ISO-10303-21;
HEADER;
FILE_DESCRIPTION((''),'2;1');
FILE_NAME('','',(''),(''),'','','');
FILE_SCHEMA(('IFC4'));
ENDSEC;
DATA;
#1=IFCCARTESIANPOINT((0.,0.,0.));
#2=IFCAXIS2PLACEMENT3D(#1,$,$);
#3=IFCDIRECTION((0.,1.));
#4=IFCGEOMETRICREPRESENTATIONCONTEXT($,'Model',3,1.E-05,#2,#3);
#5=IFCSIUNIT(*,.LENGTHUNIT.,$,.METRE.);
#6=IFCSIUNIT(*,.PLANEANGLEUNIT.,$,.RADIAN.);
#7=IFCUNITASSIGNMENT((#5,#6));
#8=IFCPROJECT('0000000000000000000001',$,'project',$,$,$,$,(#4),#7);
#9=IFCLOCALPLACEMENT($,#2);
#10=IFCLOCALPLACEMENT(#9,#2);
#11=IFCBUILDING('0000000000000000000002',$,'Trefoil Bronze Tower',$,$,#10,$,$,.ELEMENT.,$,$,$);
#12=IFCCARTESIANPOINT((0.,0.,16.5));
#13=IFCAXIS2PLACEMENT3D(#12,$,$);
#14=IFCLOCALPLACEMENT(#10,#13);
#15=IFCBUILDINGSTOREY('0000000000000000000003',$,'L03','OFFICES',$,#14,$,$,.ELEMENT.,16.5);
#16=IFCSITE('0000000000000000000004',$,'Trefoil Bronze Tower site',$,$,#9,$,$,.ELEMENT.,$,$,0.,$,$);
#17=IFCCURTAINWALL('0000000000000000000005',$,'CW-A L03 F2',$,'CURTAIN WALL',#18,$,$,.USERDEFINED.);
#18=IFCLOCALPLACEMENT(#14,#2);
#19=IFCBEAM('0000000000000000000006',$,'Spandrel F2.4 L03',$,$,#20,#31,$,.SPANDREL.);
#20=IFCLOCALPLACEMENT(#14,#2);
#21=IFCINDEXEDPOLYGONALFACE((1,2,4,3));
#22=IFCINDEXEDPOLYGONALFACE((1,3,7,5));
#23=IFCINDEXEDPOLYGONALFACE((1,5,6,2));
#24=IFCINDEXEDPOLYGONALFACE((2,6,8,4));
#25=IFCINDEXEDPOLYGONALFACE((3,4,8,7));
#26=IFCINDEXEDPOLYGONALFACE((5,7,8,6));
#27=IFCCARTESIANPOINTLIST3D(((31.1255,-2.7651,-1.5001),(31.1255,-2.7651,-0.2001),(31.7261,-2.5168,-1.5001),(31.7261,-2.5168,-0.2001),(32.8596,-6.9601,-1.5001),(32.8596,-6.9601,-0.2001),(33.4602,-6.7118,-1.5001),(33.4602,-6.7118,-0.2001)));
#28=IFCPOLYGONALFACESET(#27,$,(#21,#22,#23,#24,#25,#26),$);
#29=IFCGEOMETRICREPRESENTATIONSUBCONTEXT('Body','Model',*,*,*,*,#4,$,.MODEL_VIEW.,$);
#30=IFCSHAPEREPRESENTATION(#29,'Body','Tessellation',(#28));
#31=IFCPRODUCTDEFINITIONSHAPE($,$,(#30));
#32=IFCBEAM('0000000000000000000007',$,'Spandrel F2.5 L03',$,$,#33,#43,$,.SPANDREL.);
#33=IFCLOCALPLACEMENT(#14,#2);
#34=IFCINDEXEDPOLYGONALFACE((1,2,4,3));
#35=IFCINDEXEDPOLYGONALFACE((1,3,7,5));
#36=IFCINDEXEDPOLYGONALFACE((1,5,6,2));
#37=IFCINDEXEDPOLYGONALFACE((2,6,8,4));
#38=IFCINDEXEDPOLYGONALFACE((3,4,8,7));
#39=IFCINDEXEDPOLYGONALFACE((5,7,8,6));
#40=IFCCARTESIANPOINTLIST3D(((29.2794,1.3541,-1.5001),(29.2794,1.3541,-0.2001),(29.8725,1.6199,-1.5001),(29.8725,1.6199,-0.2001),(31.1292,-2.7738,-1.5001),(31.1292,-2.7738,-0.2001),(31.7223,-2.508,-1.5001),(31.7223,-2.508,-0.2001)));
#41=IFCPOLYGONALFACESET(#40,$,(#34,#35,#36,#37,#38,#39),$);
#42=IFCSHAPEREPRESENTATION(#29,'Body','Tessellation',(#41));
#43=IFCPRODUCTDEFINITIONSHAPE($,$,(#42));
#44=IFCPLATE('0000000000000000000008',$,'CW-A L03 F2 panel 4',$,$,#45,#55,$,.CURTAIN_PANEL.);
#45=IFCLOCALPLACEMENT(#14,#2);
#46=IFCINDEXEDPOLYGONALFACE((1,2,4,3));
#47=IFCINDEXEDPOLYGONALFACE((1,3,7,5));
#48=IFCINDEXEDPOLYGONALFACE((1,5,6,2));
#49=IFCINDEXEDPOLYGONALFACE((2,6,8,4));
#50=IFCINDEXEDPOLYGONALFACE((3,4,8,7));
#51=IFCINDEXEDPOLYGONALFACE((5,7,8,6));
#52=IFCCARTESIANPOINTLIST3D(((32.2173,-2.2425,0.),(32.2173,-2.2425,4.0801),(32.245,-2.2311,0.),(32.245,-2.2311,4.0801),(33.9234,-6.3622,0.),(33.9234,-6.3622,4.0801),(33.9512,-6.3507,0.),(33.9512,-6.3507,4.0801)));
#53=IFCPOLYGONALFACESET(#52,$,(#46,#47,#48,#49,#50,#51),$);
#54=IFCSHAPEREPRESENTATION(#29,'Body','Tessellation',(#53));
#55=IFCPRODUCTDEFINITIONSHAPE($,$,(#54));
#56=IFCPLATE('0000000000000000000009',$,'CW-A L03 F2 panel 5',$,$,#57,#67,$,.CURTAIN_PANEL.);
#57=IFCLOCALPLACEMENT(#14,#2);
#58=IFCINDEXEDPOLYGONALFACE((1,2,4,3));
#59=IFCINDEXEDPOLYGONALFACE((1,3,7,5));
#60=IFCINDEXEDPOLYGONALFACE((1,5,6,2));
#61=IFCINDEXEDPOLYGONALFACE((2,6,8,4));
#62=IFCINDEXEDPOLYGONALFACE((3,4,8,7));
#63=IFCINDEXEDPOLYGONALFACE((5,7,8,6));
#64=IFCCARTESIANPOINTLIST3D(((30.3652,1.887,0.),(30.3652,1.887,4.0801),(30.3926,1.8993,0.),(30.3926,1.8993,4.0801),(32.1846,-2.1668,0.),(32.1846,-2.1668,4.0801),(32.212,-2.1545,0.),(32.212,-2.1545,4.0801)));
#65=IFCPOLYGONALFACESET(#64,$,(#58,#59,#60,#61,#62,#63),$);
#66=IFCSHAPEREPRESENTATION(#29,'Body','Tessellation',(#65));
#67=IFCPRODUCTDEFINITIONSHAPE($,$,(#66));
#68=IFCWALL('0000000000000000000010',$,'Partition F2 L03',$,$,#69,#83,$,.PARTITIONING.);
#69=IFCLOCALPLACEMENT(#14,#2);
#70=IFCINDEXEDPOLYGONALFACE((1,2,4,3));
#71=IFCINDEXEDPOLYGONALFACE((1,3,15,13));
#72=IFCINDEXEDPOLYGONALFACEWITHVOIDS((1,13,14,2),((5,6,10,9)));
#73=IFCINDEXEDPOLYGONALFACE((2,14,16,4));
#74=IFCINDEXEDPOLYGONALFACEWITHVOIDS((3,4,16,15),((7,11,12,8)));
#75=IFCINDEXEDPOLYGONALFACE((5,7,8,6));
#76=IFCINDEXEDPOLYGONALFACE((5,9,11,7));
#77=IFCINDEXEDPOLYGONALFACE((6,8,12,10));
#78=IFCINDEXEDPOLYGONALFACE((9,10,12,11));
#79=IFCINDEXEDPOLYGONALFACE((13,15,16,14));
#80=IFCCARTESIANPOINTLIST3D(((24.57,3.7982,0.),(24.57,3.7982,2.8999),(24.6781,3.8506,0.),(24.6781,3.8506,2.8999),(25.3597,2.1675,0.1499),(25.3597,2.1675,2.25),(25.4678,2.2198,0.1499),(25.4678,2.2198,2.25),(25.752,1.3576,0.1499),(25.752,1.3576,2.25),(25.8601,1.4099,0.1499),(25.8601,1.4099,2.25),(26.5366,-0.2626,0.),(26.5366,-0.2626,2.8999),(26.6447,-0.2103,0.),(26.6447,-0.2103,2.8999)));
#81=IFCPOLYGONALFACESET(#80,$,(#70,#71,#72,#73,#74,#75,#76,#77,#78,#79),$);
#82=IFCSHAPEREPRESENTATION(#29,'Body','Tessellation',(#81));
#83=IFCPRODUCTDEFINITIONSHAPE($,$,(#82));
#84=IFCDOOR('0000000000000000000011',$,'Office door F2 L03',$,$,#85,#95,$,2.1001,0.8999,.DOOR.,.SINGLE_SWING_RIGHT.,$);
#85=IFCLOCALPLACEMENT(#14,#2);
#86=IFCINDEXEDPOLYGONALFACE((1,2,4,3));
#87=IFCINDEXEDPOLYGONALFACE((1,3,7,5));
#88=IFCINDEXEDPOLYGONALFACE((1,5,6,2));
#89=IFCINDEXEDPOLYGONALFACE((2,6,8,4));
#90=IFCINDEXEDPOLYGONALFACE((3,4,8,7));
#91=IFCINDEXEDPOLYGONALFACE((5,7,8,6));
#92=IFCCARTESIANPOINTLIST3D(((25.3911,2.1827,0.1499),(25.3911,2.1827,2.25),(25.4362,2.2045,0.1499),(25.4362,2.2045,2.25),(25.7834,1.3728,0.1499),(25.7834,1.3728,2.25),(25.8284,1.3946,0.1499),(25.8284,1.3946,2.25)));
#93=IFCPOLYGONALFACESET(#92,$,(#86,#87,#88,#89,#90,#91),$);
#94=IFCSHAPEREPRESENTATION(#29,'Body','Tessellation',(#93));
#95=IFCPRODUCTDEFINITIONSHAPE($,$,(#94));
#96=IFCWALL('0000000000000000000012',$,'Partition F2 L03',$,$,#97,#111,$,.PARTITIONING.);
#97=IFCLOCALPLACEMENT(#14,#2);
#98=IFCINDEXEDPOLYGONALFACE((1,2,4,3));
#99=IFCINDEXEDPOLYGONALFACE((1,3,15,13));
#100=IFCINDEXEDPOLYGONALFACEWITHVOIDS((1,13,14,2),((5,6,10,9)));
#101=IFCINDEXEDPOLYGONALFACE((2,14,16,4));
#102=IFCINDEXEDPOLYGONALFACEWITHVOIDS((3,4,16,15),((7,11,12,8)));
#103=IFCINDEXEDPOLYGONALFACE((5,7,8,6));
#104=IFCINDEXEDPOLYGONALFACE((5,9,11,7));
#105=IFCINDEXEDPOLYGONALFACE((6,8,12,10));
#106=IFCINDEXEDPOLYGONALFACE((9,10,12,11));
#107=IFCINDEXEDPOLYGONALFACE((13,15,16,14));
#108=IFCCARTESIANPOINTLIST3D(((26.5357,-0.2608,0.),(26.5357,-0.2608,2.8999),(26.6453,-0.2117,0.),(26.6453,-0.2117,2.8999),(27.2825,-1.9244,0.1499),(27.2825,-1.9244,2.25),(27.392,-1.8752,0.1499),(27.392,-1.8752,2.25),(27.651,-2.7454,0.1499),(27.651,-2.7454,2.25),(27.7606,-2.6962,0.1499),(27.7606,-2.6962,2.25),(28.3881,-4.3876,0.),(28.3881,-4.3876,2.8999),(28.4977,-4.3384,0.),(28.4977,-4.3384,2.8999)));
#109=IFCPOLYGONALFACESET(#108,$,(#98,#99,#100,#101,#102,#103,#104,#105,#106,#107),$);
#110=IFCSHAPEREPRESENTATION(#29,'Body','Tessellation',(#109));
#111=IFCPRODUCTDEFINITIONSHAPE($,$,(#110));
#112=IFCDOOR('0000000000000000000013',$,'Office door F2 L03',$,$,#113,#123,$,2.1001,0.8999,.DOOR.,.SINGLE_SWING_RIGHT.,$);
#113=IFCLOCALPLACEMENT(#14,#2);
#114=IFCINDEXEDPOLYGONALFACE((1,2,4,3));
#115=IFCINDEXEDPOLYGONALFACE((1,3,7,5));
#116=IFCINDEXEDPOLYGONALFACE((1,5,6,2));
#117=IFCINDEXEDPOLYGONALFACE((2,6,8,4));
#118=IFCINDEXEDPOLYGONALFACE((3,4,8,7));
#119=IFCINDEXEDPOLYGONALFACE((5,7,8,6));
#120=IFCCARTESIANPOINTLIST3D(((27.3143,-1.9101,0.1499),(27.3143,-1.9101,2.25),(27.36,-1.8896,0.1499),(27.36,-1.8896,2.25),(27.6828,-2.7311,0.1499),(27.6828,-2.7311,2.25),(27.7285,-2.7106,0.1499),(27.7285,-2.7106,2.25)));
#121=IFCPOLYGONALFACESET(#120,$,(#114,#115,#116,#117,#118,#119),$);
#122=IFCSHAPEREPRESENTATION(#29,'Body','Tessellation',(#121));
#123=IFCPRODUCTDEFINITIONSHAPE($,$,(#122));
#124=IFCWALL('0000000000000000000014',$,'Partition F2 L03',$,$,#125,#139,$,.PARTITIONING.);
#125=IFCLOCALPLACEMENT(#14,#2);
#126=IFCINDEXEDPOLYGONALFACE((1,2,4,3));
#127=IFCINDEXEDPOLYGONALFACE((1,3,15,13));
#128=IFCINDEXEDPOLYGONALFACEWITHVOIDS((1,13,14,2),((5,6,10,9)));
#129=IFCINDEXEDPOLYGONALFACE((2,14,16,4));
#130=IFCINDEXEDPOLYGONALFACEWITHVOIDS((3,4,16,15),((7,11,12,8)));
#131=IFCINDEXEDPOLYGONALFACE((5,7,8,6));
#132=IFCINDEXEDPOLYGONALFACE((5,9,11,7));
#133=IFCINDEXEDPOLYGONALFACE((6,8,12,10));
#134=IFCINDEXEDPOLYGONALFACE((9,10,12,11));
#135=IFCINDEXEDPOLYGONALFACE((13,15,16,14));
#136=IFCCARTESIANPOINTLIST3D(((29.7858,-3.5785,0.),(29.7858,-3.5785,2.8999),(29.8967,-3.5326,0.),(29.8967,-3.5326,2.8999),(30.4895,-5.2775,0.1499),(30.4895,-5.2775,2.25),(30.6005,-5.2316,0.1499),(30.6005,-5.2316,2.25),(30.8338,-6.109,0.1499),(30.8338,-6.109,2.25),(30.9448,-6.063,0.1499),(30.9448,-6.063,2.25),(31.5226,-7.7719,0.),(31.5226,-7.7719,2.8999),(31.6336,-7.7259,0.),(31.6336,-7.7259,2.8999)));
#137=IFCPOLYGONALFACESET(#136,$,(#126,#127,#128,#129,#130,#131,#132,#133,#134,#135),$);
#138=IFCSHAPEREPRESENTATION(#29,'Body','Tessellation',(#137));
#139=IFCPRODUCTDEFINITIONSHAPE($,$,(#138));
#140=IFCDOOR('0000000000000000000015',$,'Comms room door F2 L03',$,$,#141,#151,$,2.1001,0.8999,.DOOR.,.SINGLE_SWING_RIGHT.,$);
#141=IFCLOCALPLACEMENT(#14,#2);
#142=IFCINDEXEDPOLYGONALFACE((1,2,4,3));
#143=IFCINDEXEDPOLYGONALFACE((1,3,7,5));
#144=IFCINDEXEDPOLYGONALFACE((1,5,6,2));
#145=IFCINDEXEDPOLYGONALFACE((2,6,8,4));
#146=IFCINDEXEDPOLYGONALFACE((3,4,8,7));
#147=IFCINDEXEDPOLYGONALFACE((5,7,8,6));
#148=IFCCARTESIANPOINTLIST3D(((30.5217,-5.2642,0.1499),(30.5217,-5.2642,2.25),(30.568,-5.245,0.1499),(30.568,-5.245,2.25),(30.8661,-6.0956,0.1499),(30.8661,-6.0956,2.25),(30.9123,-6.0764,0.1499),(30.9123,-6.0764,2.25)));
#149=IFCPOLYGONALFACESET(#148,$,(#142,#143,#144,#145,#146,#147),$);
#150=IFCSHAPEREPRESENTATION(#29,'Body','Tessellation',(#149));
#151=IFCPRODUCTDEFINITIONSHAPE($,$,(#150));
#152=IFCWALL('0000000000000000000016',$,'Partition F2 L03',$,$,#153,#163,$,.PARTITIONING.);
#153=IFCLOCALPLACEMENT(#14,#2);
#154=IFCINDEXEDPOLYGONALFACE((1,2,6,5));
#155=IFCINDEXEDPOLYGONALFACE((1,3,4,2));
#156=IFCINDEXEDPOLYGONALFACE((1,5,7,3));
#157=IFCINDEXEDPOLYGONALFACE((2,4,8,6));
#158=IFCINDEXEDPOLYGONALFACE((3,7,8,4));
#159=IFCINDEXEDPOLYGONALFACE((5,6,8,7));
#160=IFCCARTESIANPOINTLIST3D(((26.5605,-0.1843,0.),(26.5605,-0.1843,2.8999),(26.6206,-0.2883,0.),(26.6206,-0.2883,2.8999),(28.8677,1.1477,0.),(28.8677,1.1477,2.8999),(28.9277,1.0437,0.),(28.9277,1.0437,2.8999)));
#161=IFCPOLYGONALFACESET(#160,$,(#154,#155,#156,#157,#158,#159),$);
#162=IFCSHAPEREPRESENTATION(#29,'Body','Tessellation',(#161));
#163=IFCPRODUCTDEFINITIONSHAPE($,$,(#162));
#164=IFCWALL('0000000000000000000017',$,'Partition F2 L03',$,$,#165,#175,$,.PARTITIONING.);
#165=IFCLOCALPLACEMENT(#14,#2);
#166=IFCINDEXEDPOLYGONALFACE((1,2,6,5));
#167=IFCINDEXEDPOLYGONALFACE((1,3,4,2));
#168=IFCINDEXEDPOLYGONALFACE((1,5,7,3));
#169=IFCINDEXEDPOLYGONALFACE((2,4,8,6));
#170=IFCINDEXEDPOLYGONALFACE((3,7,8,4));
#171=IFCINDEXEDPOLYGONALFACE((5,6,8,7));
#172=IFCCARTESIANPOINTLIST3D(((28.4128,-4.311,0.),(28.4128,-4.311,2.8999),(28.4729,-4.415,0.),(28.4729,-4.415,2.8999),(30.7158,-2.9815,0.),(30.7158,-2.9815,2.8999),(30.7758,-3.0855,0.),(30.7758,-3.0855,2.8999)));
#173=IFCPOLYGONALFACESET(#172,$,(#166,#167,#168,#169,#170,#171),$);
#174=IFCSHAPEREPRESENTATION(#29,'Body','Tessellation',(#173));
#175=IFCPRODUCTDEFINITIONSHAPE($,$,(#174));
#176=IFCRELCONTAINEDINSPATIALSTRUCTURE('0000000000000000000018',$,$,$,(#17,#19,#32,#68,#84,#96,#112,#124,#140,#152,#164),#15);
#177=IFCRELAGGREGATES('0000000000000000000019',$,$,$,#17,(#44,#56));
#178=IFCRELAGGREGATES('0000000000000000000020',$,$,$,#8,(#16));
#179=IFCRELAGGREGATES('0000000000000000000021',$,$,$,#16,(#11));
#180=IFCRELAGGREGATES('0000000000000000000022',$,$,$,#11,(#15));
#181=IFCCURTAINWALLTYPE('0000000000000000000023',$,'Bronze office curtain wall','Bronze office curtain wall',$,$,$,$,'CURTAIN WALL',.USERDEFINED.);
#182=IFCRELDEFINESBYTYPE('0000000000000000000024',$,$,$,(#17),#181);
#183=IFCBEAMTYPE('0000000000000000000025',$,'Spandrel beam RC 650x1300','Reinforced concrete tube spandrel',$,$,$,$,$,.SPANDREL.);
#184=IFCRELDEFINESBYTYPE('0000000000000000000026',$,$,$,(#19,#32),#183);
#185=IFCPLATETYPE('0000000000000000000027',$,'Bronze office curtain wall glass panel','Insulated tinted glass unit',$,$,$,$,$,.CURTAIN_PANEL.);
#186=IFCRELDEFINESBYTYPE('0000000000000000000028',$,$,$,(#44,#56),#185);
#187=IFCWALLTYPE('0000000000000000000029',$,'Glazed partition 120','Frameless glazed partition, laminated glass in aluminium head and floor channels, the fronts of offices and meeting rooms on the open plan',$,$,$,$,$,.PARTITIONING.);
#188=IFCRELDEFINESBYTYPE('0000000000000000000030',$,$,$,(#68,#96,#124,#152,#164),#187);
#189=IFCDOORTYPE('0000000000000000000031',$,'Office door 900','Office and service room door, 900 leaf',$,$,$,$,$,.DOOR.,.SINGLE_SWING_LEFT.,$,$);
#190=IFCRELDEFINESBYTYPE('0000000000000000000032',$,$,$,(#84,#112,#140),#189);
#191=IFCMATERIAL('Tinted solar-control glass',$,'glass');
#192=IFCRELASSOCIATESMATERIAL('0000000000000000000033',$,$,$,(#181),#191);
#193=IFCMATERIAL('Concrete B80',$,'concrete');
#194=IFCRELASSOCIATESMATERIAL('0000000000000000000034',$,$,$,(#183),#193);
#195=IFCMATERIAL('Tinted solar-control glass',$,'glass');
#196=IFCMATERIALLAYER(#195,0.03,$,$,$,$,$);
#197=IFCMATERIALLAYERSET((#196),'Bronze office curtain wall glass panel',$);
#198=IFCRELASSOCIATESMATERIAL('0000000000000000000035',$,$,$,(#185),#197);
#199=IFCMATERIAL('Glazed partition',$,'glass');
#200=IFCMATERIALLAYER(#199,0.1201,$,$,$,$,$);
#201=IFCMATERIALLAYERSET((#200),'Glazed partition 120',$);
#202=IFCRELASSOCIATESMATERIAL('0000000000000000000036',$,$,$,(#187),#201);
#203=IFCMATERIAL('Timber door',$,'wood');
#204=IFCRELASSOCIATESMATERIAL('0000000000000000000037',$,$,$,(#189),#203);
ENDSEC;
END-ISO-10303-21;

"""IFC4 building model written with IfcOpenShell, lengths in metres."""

from ifc_helpers import new_model, si_unit, direction, frame, frame_2d, origin, origin_2d, place, context, subcontext, project, spatial, rectangle, extrude, material, layer, layer_set, material_profile, profile_set, type_object, element, fill, aggregate, save


model = new_model("IFC4")

# Units and contexts
model_context = context("Model", 3, precision=1e-05, world=origin(), true_north=direction((0.0, 1.0)))
body_context = subcontext(model_context, "Body", "Model", "MODEL_VIEW")
ifc_project = project(units=[si_unit("LENGTHUNIT", "METRE"), si_unit("PLANEANGLEUNIT", "RADIAN")], contexts=[model_context])

# Site, building, storey
site_placement = place(None, origin())
site = spatial("IfcSite", under=ifc_project, at=site_placement, Name="Trefoil Bronze Tower site", CompositionType="ELEMENT", RefElevation=0.0)
building_placement = place(site_placement, origin())
building = spatial("IfcBuilding", under=site, at=building_placement, Name="Trefoil Bronze Tower", CompositionType="ELEMENT")
storey_placement = place(building_placement, frame((0.0, 0.0, 16.5)))
storey = spatial("IfcBuildingStorey", under=building, at=storey_placement, Name="L03", Description="OFFICES", CompositionType="ELEMENT", Elevation=16.5)

# Curtain wall
ifc_material_1 = material(Name="Tinted solar-control glass", Category="glass")
curtain_wall_type = type_object("IfcCurtainWallType", Name="Bronze office curtain wall", Description="Bronze office curtain wall", ElementType="CURTAIN WALL", PredefinedType="USERDEFINED", material=ifc_material_1)
curtain_wall_placement = place(storey_placement, origin())
curtain_wall = element("IfcCurtainWall", 1, at=curtain_wall_placement, inside=storey, type_object=curtain_wall_type, Name="CW-A L03 F2", ObjectType="CURTAIN WALL", PredefinedType="USERDEFINED")

# Beams
ifc_material_2 = material(Name="Concrete B80", Category="concrete")
ifc_material_profile_1 = material_profile(ifc_material_2, rectangle(XDim=0.6499, YDim=1.3, at=origin_2d()), Name="RC 650x1300")
ifc_profile_set_1 = profile_set([ifc_material_profile_1], Name="Concrete B80")
beam_type_1 = type_object("IfcBeamType", Name="Spandrel beam RC 650x1300", Description="Reinforced concrete tube spandrel", PredefinedType="SPANDREL", material=ifc_profile_set_1)
beam_1_placement = place(storey_placement, frame((33.1599, -6.8359, -0.8501), z_axis=(-0.382021, 0.924154, 0.0), x_axis=(-0.924154, -0.382021, 0.0)))
element("IfcBeam", 2, at=beam_1_placement, inside=storey, type_object=beam_type_1, Name="Spandrel F2.4 L03", PredefinedType="SPANDREL", context=body_context, shape_type="SweptSolid", body=[
    extrude(rectangle(XDim=0.6499, YDim=1.3, at=origin_2d()), origin(), (0.0, 0.0, 1.0), 4.5393),
])
beam_2_placement = place(storey_placement, frame((31.4258, -2.6409, -0.8501), z_axis=(-0.408946, 0.912559, 0.0), x_axis=(-0.912559, -0.408946, 0.0)))
element("IfcBeam", 3, at=beam_2_placement, inside=storey, type_object=beam_type_1, Name="Spandrel F2.5 L03", PredefinedType="SPANDREL", context=body_context, shape_type="SweptSolid", body=[
    extrude(rectangle(XDim=0.6499, YDim=1.3, at=origin_2d()), origin(), (0.0, 0.0, 1.0), 4.5234),
])

# Plates
ifc_material_3 = material(Name="Tinted solar-control glass", Category="glass")
ifc_layer_1 = layer(ifc_material_3, 0.03)
ifc_layer_set_1 = layer_set([ifc_layer_1], Name="Bronze office curtain wall glass panel")
plate_type = type_object("IfcPlateType", Name="Bronze office curtain wall glass panel", Description="Insulated tinted glass unit", PredefinedType="CURTAIN_PANEL", material=ifc_layer_set_1)
plate_1_placement = place(storey_placement, frame((33.0842, -4.2966, 0.0), z_axis=(0.0, 0.0, 1.0), x_axis=(-0.38263, 0.923902, 0.0)))
plate_1 = element("IfcPlate", 4, at=plate_1_placement, type_object=plate_type, Name="CW-A L03 F2 panel 4", PredefinedType="CURTAIN_PANEL", context=body_context, shape_type="SweptSolid", body=[
    extrude(rectangle(XDim=4.459, YDim=0.03, at=origin_2d()), origin(), (0.0, 0.0, 1.0), 4.0801),
])
plate_2_placement = place(storey_placement, frame((31.2886, -0.1338, 0.0), z_axis=(0.0, 0.0, 1.0), x_axis=(-0.409456, 0.91233, 0.0)))
plate_2 = element("IfcPlate", 5, at=plate_2_placement, type_object=plate_type, Name="CW-A L03 F2 panel 5", PredefinedType="CURTAIN_PANEL", context=body_context, shape_type="SweptSolid", body=[
    extrude(rectangle(XDim=4.4434, YDim=0.03, at=origin_2d()), origin(), (0.0, 0.0, 1.0), 4.0801),
])
aggregate(curtain_wall, [plate_1, plate_2])

# Walls, openings, doors
ifc_material_4 = material(Name="Glazed partition", Category="glass")
ifc_layer_2 = layer(ifc_material_4, 0.1201)
ifc_layer_set_2 = layer_set([ifc_layer_2], Name="Glazed partition 120")
wall_type = type_object("IfcWallType", Name="Glazed partition 120", Description="Frameless glazed partition, laminated glass in aluminium head and floor channels, the fronts of offices and meeting rooms on the open plan", PredefinedType="PARTITIONING", material=ifc_layer_set_2)
wall_1_placement = place(storey_placement, frame((26.5906, -0.2363, 0.0), z_axis=(0.0, 0.0, 1.0), x_axis=(-0.435858, 0.900015, 0.0)))
wall_1 = element("IfcWall", 6, at=wall_1_placement, inside=storey, type_object=wall_type, Name="Partition F2 L03", PredefinedType="PARTITIONING", context=body_context, shape_type="SweptSolid", body=[
    extrude(rectangle(XDim=4.512, YDim=0.1201, at=frame_2d((2.2559, 0.0))), origin(), (0.0, 0.0, 1.0), 2.8999),
])
opening_1_placement = place(wall_1_placement, frame((1.8, 0.0, 0.1499)))
opening_1 = element("IfcOpeningElement", 7, at=opening_1_placement, cuts=wall_1, PredefinedType="OPENING", context=body_context, shape_type="SweptSolid", body=[
    extrude(rectangle(XDim=0.8999, YDim=2.1001, at=frame_2d((0.45, 1.05))), frame((0.0, 0.0701, 0.0), z_axis=(0.0, -1.0, 0.0), x_axis=(1.0, 0.0, 0.0)), (0.0, 0.0, 1.0), 0.1401),
])
ifc_material_5 = material(Name="Timber door", Category="wood")
door_type = type_object("IfcDoorType", Name="Office door 900", Description="Office and service room door, 900 leaf", OperationType="SINGLE_SWING_LEFT", PredefinedType="DOOR", material=ifc_material_5)
door_1_placement = place(opening_1_placement, frame((0.8999, 0.0, 0.0), z_axis=(0.0, 0.0, 1.0), x_axis=(-1.0, 0.0, 0.0)))
door_1 = element("IfcDoor", 8, at=door_1_placement, inside=storey, type_object=door_type, Name="Office door F2 L03", OperationType="SINGLE_SWING_RIGHT", OverallHeight=2.1001, OverallWidth=0.8999, PredefinedType="DOOR", context=body_context, shape_type="SweptSolid", body=[
    extrude(rectangle(XDim=0.8999, YDim=2.1001, at=frame_2d((0.45, 1.05))), frame((0.0, 0.0249, 0.0), z_axis=(0.0, -1.0, 0.0), x_axis=(1.0, 0.0, 0.0)), (0.0, 0.0, 1.0), 0.05),
])
fill(opening_1, door_1)
wall_2_placement = place(storey_placement, frame((28.4429, -4.363, 0.0), z_axis=(0.0, 0.0, 1.0), x_axis=(-0.409496, 0.912312, 0.0)))
wall_2 = element("IfcWall", 9, at=wall_2_placement, inside=storey, type_object=wall_type, Name="Partition F2 L03", PredefinedType="PARTITIONING", context=body_context, shape_type="SweptSolid", body=[
    extrude(rectangle(XDim=4.5234, YDim=0.1201, at=frame_2d((2.2617, 0.0))), origin(), (0.0, 0.0, 1.0), 2.8999),
])
opening_2_placement = place(wall_2_placement, frame((1.8, 0.0, 0.1499)))
opening_2 = element("IfcOpeningElement", 10, at=opening_2_placement, cuts=wall_2, PredefinedType="OPENING", context=body_context, shape_type="SweptSolid", body=[
    extrude(rectangle(XDim=0.8999, YDim=2.1001, at=frame_2d((0.45, 1.05))), frame((0.0, 0.0701, 0.0), z_axis=(0.0, -1.0, 0.0), x_axis=(1.0, 0.0, 0.0)), (0.0, 0.0, 1.0), 0.1401),
])
door_2_placement = place(opening_2_placement, frame((0.8999, 0.0, 0.0), z_axis=(0.0, 0.0, 1.0), x_axis=(-1.0, 0.0, 0.0)))
door_2 = element("IfcDoor", 11, at=door_2_placement, inside=storey, type_object=door_type, Name="Office door F2 L03", OperationType="SINGLE_SWING_RIGHT", OverallHeight=2.1001, OverallWidth=0.8999, PredefinedType="DOOR", context=body_context, shape_type="SweptSolid", body=[
    extrude(rectangle(XDim=0.8999, YDim=2.1001, at=frame_2d((0.45, 1.05))), frame((0.0, 0.0249, 0.0), z_axis=(0.0, -1.0, 0.0), x_axis=(1.0, 0.0, 0.0)), (0.0, 0.0, 1.0), 0.05),
])
fill(opening_2, door_2)
wall_3_placement = place(storey_placement, frame((31.5781, -7.749, 0.0), z_axis=(0.0, 0.0, 1.0), x_axis=(-0.382659, 0.92389, 0.0)))
wall_3 = element("IfcWall", 12, at=wall_3_placement, inside=storey, type_object=wall_type, Name="Partition F2 L03", PredefinedType="PARTITIONING", context=body_context, shape_type="SweptSolid", body=[
    extrude(rectangle(XDim=4.5388, YDim=0.1201, at=frame_2d((2.2695, 0.0))), origin(), (0.0, 0.0, 1.0), 2.8999),
])
opening_3_placement = place(wall_3_placement, frame((1.8, 0.0, 0.1499)))
opening_3 = element("IfcOpeningElement", 13, at=opening_3_placement, cuts=wall_3, PredefinedType="OPENING", context=body_context, shape_type="SweptSolid", body=[
    extrude(rectangle(XDim=0.8999, YDim=2.1001, at=frame_2d((0.45, 1.05))), frame((0.0, 0.0701, 0.0), z_axis=(0.0, -1.0, 0.0), x_axis=(1.0, 0.0, 0.0)), (0.0, 0.0, 1.0), 0.1401),
])
door_3_placement = place(opening_3_placement, frame((0.8999, 0.0, 0.0), z_axis=(0.0, 0.0, 1.0), x_axis=(-1.0, 0.0, 0.0)))
door_3 = element("IfcDoor", 14, at=door_3_placement, inside=storey, type_object=door_type, Name="Comms room door F2 L03", OperationType="SINGLE_SWING_RIGHT", OverallHeight=2.1001, OverallWidth=0.8999, PredefinedType="DOOR", context=body_context, shape_type="SweptSolid", body=[
    extrude(rectangle(XDim=0.8999, YDim=2.1001, at=frame_2d((0.45, 1.05))), frame((0.0, 0.0249, 0.0), z_axis=(0.0, -1.0, 0.0), x_axis=(1.0, 0.0, 0.0)), (0.0, 0.0, 1.0), 0.05),
])
fill(opening_3, door_3)

# Walls
wall_4_placement = place(storey_placement, frame((26.5906, -0.2363, 0.0), z_axis=(0.0, 0.0, 1.0), x_axis=(0.866024, 0.500003, 0.0)))
element("IfcWall", 15, at=wall_4_placement, inside=storey, type_object=wall_type, Name="Partition F2 L03", PredefinedType="PARTITIONING", context=body_context, shape_type="SweptSolid", body=[
    extrude(rectangle(XDim=2.6641, YDim=0.1201, at=frame_2d((1.332, 0.0))), origin(), (0.0, 0.0, 1.0), 2.8999),
])
wall_5_placement = place(storey_placement, frame((28.4429, -4.363, 0.0), z_axis=(0.0, 0.0, 1.0), x_axis=(0.866031, 0.49999, 0.0)))
element("IfcWall", 16, at=wall_5_placement, inside=storey, type_object=wall_type, Name="Partition F2 L03", PredefinedType="PARTITIONING", context=body_context, shape_type="SweptSolid", body=[
    extrude(rectangle(XDim=2.6592, YDim=0.1201, at=frame_2d((1.3296, 0.0))), origin(), (0.0, 0.0, 1.0), 2.8999),
])

save(model, "model.ifc")
